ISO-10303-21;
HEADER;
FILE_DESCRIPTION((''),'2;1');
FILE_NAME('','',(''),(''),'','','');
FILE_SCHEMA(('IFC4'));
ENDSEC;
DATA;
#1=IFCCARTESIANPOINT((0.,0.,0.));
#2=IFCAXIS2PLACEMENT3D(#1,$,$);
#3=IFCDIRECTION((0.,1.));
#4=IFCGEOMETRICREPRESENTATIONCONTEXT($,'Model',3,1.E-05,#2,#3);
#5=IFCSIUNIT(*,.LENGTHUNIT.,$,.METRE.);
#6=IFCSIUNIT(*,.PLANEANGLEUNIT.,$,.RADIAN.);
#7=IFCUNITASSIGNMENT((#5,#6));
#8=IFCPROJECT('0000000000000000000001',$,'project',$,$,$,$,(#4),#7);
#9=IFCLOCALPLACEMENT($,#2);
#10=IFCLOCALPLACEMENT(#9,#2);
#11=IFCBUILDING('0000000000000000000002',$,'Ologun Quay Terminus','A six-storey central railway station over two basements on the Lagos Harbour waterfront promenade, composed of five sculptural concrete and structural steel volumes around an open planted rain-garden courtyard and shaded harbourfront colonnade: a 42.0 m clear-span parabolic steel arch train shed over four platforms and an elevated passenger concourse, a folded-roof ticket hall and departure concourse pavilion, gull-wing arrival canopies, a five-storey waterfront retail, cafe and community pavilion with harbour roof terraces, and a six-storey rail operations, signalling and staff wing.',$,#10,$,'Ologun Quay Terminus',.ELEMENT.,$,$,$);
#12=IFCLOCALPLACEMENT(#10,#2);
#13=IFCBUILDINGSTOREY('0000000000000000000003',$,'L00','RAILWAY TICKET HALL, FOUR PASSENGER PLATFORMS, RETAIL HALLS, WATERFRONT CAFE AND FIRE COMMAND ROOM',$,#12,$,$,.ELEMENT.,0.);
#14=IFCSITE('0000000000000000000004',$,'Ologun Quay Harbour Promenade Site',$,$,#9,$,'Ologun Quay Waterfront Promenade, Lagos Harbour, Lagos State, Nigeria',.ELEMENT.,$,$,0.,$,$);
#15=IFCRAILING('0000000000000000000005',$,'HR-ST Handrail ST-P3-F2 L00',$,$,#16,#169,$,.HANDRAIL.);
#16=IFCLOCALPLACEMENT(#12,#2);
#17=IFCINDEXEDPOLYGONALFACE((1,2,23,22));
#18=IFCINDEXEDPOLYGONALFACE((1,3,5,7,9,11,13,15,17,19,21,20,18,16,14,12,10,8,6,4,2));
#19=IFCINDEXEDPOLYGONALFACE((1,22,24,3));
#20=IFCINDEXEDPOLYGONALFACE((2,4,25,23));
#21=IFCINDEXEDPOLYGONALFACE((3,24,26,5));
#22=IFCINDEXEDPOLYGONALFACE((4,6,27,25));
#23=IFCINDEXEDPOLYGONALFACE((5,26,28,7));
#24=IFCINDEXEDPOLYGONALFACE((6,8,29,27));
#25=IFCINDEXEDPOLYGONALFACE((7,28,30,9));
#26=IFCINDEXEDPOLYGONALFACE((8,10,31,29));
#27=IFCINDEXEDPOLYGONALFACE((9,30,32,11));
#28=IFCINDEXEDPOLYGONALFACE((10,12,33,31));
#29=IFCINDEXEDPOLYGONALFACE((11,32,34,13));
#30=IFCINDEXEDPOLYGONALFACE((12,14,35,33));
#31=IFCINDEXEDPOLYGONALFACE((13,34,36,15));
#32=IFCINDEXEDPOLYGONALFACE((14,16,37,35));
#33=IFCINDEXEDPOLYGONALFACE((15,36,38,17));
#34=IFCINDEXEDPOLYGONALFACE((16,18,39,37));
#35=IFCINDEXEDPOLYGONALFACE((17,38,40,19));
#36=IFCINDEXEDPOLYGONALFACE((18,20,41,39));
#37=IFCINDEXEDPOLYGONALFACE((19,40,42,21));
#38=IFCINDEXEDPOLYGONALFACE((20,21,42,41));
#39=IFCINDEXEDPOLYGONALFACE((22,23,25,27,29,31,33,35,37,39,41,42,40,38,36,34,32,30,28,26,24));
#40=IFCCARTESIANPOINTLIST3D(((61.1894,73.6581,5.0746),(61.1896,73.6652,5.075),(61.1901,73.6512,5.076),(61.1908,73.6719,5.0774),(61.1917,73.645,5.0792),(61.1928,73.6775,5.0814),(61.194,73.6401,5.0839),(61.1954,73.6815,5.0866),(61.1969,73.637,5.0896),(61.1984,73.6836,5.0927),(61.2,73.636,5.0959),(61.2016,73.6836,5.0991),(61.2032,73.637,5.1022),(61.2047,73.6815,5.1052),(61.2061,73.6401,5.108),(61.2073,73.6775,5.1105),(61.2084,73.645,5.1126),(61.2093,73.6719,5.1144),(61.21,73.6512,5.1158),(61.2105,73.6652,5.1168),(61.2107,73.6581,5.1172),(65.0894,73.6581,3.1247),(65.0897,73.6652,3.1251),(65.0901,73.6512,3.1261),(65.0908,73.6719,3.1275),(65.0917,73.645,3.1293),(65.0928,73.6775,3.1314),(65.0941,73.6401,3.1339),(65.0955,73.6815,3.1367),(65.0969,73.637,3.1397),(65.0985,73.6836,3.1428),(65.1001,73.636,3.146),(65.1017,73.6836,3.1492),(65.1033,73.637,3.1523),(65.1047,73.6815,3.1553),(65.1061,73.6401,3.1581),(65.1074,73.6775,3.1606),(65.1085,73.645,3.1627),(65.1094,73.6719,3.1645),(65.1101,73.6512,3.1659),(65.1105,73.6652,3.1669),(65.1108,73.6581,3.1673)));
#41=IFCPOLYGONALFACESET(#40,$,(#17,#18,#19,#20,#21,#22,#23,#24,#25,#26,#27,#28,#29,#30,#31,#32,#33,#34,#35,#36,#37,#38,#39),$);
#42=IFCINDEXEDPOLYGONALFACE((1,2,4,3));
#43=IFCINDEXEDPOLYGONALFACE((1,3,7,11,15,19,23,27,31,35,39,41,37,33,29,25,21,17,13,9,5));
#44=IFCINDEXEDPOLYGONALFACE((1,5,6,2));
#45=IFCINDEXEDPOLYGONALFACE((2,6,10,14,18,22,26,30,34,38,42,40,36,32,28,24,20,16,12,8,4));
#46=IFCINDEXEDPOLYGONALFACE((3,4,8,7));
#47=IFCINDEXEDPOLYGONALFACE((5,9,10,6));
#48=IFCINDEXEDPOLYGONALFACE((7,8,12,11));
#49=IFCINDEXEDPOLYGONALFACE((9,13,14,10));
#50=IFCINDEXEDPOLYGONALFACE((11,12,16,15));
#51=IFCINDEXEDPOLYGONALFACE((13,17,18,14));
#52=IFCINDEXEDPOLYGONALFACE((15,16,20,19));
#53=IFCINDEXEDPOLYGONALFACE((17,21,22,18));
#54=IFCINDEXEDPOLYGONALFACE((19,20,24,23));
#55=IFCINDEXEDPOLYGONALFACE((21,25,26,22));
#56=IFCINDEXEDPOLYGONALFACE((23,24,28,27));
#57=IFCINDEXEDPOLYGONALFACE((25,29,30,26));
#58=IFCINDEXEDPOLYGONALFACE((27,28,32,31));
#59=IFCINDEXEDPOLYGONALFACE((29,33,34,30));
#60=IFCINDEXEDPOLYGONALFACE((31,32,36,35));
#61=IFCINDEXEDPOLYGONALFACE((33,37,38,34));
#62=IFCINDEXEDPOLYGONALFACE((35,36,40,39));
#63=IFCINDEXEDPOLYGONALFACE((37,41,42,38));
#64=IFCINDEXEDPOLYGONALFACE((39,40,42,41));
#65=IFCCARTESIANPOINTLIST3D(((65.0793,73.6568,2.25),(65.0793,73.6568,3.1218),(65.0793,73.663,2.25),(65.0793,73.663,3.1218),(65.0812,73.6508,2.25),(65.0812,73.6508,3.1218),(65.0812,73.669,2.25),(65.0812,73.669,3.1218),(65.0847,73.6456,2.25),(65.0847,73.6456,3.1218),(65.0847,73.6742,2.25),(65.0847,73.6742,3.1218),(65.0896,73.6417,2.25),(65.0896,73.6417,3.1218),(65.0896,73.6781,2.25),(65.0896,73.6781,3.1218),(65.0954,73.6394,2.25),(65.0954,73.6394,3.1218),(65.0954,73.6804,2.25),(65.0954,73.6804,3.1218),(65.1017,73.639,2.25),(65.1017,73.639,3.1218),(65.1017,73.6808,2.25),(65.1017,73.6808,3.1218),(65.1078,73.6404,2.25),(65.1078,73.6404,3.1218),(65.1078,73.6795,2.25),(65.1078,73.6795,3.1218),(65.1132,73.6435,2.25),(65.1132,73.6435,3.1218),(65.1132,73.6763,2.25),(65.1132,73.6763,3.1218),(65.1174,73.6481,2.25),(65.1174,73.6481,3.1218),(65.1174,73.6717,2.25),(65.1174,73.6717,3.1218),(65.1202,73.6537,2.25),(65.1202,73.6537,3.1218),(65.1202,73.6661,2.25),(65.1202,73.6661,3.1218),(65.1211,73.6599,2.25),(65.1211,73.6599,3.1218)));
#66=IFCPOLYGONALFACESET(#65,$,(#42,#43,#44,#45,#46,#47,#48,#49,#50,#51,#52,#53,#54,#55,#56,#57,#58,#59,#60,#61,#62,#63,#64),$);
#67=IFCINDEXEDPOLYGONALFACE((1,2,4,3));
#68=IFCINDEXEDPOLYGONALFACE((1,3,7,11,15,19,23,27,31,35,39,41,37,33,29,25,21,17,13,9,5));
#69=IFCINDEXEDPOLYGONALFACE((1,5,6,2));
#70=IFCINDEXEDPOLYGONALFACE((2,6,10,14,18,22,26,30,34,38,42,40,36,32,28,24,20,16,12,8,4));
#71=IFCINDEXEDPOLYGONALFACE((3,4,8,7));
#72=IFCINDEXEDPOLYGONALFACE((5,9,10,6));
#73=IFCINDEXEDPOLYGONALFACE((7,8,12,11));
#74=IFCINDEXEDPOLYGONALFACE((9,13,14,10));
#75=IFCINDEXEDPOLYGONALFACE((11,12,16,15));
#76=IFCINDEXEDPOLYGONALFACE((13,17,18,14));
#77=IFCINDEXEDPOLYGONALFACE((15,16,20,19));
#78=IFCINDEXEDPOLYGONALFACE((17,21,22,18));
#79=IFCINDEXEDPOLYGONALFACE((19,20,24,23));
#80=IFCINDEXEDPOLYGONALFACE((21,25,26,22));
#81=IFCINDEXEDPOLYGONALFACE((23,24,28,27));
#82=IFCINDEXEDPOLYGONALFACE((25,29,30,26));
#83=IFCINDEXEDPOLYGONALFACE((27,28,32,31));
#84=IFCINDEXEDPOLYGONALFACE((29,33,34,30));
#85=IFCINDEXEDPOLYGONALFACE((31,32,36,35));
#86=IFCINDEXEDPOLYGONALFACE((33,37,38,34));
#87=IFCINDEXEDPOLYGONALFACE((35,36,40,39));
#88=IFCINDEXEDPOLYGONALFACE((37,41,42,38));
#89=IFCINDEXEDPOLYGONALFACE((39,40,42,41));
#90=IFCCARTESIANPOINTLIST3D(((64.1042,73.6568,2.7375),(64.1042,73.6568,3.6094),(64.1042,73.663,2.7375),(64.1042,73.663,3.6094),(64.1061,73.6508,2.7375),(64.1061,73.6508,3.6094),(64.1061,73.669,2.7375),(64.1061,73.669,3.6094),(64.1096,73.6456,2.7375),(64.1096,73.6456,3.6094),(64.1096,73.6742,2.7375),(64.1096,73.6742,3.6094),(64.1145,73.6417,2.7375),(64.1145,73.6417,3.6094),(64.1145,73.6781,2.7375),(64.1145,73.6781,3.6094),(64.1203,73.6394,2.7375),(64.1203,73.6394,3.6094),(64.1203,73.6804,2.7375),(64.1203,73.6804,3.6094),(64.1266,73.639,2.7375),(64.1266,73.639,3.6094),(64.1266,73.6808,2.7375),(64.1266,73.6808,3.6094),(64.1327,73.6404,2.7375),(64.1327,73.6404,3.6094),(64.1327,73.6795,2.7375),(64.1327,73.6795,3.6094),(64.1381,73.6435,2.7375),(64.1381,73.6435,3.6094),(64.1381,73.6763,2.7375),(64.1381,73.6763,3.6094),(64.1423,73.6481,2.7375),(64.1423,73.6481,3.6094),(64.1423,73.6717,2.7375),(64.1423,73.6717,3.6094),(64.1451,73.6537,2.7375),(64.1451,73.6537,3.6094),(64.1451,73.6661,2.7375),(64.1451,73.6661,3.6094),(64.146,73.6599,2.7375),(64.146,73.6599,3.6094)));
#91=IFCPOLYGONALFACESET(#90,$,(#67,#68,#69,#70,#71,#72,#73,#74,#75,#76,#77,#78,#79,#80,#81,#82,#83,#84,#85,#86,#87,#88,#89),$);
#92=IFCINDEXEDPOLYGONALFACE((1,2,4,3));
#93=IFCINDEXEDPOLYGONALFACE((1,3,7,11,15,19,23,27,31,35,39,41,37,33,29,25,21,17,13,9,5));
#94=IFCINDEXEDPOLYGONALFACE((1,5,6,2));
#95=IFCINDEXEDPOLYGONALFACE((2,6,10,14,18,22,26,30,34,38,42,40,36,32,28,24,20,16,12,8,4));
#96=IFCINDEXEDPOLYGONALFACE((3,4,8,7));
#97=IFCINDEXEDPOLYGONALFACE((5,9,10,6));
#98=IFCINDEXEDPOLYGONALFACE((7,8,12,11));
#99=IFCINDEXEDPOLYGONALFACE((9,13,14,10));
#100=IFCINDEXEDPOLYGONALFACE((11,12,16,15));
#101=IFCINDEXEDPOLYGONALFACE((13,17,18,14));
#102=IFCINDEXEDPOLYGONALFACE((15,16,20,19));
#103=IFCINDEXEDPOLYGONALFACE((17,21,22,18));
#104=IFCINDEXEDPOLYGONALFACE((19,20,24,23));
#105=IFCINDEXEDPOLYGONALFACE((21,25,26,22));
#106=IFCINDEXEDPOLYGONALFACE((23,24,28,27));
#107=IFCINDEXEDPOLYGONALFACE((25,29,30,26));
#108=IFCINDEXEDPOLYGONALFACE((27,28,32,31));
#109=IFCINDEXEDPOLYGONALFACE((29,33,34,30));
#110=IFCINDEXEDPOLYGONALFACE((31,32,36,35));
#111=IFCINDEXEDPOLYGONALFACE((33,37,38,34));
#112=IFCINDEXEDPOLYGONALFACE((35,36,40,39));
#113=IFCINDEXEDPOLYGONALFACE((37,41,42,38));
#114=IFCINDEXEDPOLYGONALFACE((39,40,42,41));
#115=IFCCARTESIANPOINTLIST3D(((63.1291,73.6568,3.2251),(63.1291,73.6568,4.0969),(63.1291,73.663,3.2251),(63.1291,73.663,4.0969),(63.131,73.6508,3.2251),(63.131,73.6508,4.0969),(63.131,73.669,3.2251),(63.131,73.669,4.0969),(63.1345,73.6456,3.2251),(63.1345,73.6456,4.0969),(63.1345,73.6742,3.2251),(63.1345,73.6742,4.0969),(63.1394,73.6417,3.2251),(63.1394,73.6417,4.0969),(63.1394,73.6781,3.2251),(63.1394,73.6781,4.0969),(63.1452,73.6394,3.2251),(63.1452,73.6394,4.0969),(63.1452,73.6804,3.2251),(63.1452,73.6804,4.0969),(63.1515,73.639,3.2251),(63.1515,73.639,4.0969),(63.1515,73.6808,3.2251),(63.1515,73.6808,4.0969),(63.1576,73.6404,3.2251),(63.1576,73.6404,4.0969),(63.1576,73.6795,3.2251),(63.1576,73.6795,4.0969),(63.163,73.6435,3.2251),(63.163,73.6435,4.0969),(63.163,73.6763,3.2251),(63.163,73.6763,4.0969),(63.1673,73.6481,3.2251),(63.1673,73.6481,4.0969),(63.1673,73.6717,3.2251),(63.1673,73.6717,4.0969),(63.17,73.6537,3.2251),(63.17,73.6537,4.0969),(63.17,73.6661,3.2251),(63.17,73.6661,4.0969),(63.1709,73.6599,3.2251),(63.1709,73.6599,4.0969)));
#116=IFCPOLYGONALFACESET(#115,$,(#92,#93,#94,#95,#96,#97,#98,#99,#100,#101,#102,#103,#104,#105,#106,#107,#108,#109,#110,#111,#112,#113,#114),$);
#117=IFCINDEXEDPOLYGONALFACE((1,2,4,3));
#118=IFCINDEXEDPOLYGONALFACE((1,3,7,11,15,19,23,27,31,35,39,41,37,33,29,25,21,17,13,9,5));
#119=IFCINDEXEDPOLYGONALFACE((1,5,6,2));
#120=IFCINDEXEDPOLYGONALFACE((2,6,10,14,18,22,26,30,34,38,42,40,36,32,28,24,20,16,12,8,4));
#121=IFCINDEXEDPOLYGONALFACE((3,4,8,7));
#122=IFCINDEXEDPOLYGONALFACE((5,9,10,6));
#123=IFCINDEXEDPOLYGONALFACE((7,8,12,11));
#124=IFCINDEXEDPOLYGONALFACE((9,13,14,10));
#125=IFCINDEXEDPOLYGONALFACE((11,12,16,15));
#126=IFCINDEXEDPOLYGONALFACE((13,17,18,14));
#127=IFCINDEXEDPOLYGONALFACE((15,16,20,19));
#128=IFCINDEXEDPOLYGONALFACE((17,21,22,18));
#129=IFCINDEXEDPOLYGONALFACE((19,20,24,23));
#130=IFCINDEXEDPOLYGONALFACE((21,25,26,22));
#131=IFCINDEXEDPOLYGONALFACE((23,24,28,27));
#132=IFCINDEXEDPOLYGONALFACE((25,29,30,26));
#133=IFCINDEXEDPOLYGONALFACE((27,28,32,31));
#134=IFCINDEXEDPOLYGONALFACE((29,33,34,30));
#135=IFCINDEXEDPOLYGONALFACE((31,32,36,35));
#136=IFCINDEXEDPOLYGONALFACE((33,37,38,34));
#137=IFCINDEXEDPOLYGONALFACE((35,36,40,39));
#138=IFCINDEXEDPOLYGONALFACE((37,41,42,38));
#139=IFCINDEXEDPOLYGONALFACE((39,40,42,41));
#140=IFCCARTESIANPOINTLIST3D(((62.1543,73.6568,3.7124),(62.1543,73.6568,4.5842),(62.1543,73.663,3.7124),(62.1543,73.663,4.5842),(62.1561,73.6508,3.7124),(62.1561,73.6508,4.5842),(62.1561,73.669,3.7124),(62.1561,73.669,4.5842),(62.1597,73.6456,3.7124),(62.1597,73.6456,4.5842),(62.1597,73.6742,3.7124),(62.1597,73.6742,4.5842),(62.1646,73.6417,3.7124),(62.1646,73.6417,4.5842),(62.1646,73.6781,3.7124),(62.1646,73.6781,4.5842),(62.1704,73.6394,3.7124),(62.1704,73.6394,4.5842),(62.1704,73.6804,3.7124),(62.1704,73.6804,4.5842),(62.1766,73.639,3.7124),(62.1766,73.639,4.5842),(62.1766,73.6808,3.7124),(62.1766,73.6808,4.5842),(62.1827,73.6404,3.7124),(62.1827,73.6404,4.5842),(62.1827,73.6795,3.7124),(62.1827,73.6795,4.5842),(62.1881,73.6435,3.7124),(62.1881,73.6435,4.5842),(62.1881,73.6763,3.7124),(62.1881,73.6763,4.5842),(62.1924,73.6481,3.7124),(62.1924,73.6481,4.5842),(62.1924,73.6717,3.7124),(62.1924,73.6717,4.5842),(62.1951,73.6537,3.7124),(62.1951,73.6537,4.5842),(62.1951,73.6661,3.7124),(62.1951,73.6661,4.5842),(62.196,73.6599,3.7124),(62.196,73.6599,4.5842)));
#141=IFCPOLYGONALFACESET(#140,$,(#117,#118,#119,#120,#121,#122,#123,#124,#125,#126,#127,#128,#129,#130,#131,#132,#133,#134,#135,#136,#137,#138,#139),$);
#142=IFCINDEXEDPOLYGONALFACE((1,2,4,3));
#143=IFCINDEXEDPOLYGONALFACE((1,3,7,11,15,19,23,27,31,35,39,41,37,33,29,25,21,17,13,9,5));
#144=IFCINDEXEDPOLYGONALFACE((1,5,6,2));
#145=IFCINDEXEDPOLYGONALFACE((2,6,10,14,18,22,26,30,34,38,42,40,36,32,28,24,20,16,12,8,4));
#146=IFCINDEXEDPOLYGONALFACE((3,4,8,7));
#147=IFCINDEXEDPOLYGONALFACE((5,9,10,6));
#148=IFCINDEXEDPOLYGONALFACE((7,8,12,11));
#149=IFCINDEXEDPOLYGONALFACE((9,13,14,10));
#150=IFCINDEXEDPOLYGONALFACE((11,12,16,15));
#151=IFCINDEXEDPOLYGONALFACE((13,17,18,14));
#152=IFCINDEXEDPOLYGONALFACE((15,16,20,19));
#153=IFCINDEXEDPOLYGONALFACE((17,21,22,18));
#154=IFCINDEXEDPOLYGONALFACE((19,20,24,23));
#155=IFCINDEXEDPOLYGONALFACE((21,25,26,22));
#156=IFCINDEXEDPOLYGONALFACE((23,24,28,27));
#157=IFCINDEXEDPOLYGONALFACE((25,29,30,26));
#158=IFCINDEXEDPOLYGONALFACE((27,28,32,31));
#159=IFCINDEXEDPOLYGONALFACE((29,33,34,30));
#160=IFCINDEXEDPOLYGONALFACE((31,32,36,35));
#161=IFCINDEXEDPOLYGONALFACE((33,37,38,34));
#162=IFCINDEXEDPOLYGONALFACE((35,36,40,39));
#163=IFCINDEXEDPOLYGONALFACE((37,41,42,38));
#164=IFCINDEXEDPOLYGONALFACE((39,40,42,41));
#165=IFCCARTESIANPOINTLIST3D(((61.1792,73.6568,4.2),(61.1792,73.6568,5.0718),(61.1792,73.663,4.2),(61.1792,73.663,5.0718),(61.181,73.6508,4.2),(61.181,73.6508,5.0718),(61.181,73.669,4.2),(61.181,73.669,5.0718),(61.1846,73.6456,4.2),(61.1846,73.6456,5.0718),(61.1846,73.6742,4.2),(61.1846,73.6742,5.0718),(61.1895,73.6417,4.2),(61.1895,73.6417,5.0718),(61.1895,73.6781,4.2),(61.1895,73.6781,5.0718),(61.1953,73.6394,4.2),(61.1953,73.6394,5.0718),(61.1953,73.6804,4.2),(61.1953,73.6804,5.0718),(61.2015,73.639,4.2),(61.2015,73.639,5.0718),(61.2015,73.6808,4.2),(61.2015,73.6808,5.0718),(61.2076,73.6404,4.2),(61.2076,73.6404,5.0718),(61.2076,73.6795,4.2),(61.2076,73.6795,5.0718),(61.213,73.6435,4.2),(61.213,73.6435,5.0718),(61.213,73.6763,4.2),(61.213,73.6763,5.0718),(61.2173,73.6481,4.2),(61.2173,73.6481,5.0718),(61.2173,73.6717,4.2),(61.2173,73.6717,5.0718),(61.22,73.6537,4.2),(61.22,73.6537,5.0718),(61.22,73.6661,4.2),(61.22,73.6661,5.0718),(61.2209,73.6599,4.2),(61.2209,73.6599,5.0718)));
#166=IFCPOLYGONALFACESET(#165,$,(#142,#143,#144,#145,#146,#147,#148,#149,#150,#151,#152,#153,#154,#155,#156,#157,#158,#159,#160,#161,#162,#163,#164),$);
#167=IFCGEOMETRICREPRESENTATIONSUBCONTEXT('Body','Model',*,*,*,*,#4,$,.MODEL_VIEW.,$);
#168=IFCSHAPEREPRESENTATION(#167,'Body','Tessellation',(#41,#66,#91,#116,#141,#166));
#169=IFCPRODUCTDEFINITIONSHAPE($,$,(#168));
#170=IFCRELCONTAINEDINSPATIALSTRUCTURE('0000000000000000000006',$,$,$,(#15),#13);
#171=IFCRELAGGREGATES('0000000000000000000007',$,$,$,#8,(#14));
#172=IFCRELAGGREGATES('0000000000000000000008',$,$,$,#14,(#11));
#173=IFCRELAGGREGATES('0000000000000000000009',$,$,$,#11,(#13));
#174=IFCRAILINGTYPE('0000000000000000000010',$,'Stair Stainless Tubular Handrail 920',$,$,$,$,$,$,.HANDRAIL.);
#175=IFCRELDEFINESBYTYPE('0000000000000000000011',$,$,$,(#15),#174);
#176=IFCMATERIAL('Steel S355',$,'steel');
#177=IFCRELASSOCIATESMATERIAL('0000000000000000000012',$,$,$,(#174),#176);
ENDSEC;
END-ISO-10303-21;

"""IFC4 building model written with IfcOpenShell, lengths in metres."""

from ifc_helpers import new_model, si_unit, direction, frame, origin, origin_2d, place, context, subcontext, project, spatial, circle, extrude, material, type_object, element, save


model = new_model("IFC4")

# Units and contexts
model_context = context("Model", 3, precision=1e-05, world=origin(), true_north=direction((0.0, 1.0)))
body_context = subcontext(model_context, "Body", "Model", "MODEL_VIEW")
ifc_project = project(units=[si_unit("LENGTHUNIT", "METRE"), si_unit("PLANEANGLEUNIT", "RADIAN")], contexts=[model_context])

# Site, building, storey
site_placement = place(None, origin())
site = spatial("IfcSite", under=ifc_project, at=site_placement, Name="Ologun Quay Harbour Promenade Site", LongName="Ologun Quay Waterfront Promenade, Lagos Harbour, Lagos State, Nigeria", CompositionType="ELEMENT", RefElevation=0.0)
building_placement = place(site_placement, origin())
building = spatial("IfcBuilding", under=site, at=building_placement, Name="Ologun Quay Terminus", Description="A six-storey central railway station over two basements on the Lagos Harbour waterfront promenade, composed of five sculptural concrete and structural steel volumes around an open planted rain-garden courtyard and shaded harbourfront colonnade: a 42.0 m clear-span parabolic steel arch train shed over four platforms and an elevated passenger concourse, a folded-roof ticket hall and departure concourse pavilion, gull-wing arrival canopies, a five-storey waterfront retail, cafe and community pavilion with harbour roof terraces, and a six-storey rail operations, signalling and staff wing.", LongName="Ologun Quay Terminus", CompositionType="ELEMENT")
storey_placement = place(building_placement, origin())
storey = spatial("IfcBuildingStorey", under=building, at=storey_placement, Name="L00", Description="RAILWAY TICKET HALL, FOUR PASSENGER PLATFORMS, RETAIL HALLS, WATERFRONT CAFE AND FIRE COMMAND ROOM", CompositionType="ELEMENT", Elevation=0.0)

# Railing
ifc_material_1 = material(Name="Steel S355", Category="steel")
railing_type_1 = type_object("IfcRailingType", Name="Stair Stainless Tubular Handrail 920", PredefinedType="HANDRAIL", material=ifc_material_1)
railing_1_placement = place(storey_placement, frame((65.1001, 73.6599, 2.25)))
element("IfcRailing", 1, at=railing_1_placement, inside=storey, type_object=railing_type_1, Name="HR-ST Handrail ST-P3-F2 L00", PredefinedType="HANDRAIL", context=body_context, shape_type="SweptSolid", body=[
    extrude(circle(Radius=0.0239, at=origin_2d()), frame((0.0, 0.0, 0.896), z_axis=(-0.894438, 0.0, 0.447191), x_axis=(0.0, -1.0, 0.0)), (0.0, 0.0, 1.0), 4.3604),
    extrude(circle(Radius=0.021, at=origin_2d()), origin(), (0.0, 0.0, 1.0), 0.8718),
    extrude(circle(Radius=0.021, at=origin_2d()), frame((-0.9751, 0.0, 0.4875)), (0.0, 0.0, 1.0), 0.8718),
    extrude(circle(Radius=0.021, at=origin_2d()), frame((-1.9502, 0.0, 0.9751)), (0.0, 0.0, 1.0), 0.8718),
    extrude(circle(Radius=0.021, at=origin_2d()), frame((-2.925, 0.0, 1.4624)), (0.0, 0.0, 1.0), 0.8718),
    extrude(circle(Radius=0.021, at=origin_2d()), frame((-3.9001, 0.0, 1.95)), (0.0, 0.0, 1.0), 0.8718),
])

save(model, "model.ifc")
